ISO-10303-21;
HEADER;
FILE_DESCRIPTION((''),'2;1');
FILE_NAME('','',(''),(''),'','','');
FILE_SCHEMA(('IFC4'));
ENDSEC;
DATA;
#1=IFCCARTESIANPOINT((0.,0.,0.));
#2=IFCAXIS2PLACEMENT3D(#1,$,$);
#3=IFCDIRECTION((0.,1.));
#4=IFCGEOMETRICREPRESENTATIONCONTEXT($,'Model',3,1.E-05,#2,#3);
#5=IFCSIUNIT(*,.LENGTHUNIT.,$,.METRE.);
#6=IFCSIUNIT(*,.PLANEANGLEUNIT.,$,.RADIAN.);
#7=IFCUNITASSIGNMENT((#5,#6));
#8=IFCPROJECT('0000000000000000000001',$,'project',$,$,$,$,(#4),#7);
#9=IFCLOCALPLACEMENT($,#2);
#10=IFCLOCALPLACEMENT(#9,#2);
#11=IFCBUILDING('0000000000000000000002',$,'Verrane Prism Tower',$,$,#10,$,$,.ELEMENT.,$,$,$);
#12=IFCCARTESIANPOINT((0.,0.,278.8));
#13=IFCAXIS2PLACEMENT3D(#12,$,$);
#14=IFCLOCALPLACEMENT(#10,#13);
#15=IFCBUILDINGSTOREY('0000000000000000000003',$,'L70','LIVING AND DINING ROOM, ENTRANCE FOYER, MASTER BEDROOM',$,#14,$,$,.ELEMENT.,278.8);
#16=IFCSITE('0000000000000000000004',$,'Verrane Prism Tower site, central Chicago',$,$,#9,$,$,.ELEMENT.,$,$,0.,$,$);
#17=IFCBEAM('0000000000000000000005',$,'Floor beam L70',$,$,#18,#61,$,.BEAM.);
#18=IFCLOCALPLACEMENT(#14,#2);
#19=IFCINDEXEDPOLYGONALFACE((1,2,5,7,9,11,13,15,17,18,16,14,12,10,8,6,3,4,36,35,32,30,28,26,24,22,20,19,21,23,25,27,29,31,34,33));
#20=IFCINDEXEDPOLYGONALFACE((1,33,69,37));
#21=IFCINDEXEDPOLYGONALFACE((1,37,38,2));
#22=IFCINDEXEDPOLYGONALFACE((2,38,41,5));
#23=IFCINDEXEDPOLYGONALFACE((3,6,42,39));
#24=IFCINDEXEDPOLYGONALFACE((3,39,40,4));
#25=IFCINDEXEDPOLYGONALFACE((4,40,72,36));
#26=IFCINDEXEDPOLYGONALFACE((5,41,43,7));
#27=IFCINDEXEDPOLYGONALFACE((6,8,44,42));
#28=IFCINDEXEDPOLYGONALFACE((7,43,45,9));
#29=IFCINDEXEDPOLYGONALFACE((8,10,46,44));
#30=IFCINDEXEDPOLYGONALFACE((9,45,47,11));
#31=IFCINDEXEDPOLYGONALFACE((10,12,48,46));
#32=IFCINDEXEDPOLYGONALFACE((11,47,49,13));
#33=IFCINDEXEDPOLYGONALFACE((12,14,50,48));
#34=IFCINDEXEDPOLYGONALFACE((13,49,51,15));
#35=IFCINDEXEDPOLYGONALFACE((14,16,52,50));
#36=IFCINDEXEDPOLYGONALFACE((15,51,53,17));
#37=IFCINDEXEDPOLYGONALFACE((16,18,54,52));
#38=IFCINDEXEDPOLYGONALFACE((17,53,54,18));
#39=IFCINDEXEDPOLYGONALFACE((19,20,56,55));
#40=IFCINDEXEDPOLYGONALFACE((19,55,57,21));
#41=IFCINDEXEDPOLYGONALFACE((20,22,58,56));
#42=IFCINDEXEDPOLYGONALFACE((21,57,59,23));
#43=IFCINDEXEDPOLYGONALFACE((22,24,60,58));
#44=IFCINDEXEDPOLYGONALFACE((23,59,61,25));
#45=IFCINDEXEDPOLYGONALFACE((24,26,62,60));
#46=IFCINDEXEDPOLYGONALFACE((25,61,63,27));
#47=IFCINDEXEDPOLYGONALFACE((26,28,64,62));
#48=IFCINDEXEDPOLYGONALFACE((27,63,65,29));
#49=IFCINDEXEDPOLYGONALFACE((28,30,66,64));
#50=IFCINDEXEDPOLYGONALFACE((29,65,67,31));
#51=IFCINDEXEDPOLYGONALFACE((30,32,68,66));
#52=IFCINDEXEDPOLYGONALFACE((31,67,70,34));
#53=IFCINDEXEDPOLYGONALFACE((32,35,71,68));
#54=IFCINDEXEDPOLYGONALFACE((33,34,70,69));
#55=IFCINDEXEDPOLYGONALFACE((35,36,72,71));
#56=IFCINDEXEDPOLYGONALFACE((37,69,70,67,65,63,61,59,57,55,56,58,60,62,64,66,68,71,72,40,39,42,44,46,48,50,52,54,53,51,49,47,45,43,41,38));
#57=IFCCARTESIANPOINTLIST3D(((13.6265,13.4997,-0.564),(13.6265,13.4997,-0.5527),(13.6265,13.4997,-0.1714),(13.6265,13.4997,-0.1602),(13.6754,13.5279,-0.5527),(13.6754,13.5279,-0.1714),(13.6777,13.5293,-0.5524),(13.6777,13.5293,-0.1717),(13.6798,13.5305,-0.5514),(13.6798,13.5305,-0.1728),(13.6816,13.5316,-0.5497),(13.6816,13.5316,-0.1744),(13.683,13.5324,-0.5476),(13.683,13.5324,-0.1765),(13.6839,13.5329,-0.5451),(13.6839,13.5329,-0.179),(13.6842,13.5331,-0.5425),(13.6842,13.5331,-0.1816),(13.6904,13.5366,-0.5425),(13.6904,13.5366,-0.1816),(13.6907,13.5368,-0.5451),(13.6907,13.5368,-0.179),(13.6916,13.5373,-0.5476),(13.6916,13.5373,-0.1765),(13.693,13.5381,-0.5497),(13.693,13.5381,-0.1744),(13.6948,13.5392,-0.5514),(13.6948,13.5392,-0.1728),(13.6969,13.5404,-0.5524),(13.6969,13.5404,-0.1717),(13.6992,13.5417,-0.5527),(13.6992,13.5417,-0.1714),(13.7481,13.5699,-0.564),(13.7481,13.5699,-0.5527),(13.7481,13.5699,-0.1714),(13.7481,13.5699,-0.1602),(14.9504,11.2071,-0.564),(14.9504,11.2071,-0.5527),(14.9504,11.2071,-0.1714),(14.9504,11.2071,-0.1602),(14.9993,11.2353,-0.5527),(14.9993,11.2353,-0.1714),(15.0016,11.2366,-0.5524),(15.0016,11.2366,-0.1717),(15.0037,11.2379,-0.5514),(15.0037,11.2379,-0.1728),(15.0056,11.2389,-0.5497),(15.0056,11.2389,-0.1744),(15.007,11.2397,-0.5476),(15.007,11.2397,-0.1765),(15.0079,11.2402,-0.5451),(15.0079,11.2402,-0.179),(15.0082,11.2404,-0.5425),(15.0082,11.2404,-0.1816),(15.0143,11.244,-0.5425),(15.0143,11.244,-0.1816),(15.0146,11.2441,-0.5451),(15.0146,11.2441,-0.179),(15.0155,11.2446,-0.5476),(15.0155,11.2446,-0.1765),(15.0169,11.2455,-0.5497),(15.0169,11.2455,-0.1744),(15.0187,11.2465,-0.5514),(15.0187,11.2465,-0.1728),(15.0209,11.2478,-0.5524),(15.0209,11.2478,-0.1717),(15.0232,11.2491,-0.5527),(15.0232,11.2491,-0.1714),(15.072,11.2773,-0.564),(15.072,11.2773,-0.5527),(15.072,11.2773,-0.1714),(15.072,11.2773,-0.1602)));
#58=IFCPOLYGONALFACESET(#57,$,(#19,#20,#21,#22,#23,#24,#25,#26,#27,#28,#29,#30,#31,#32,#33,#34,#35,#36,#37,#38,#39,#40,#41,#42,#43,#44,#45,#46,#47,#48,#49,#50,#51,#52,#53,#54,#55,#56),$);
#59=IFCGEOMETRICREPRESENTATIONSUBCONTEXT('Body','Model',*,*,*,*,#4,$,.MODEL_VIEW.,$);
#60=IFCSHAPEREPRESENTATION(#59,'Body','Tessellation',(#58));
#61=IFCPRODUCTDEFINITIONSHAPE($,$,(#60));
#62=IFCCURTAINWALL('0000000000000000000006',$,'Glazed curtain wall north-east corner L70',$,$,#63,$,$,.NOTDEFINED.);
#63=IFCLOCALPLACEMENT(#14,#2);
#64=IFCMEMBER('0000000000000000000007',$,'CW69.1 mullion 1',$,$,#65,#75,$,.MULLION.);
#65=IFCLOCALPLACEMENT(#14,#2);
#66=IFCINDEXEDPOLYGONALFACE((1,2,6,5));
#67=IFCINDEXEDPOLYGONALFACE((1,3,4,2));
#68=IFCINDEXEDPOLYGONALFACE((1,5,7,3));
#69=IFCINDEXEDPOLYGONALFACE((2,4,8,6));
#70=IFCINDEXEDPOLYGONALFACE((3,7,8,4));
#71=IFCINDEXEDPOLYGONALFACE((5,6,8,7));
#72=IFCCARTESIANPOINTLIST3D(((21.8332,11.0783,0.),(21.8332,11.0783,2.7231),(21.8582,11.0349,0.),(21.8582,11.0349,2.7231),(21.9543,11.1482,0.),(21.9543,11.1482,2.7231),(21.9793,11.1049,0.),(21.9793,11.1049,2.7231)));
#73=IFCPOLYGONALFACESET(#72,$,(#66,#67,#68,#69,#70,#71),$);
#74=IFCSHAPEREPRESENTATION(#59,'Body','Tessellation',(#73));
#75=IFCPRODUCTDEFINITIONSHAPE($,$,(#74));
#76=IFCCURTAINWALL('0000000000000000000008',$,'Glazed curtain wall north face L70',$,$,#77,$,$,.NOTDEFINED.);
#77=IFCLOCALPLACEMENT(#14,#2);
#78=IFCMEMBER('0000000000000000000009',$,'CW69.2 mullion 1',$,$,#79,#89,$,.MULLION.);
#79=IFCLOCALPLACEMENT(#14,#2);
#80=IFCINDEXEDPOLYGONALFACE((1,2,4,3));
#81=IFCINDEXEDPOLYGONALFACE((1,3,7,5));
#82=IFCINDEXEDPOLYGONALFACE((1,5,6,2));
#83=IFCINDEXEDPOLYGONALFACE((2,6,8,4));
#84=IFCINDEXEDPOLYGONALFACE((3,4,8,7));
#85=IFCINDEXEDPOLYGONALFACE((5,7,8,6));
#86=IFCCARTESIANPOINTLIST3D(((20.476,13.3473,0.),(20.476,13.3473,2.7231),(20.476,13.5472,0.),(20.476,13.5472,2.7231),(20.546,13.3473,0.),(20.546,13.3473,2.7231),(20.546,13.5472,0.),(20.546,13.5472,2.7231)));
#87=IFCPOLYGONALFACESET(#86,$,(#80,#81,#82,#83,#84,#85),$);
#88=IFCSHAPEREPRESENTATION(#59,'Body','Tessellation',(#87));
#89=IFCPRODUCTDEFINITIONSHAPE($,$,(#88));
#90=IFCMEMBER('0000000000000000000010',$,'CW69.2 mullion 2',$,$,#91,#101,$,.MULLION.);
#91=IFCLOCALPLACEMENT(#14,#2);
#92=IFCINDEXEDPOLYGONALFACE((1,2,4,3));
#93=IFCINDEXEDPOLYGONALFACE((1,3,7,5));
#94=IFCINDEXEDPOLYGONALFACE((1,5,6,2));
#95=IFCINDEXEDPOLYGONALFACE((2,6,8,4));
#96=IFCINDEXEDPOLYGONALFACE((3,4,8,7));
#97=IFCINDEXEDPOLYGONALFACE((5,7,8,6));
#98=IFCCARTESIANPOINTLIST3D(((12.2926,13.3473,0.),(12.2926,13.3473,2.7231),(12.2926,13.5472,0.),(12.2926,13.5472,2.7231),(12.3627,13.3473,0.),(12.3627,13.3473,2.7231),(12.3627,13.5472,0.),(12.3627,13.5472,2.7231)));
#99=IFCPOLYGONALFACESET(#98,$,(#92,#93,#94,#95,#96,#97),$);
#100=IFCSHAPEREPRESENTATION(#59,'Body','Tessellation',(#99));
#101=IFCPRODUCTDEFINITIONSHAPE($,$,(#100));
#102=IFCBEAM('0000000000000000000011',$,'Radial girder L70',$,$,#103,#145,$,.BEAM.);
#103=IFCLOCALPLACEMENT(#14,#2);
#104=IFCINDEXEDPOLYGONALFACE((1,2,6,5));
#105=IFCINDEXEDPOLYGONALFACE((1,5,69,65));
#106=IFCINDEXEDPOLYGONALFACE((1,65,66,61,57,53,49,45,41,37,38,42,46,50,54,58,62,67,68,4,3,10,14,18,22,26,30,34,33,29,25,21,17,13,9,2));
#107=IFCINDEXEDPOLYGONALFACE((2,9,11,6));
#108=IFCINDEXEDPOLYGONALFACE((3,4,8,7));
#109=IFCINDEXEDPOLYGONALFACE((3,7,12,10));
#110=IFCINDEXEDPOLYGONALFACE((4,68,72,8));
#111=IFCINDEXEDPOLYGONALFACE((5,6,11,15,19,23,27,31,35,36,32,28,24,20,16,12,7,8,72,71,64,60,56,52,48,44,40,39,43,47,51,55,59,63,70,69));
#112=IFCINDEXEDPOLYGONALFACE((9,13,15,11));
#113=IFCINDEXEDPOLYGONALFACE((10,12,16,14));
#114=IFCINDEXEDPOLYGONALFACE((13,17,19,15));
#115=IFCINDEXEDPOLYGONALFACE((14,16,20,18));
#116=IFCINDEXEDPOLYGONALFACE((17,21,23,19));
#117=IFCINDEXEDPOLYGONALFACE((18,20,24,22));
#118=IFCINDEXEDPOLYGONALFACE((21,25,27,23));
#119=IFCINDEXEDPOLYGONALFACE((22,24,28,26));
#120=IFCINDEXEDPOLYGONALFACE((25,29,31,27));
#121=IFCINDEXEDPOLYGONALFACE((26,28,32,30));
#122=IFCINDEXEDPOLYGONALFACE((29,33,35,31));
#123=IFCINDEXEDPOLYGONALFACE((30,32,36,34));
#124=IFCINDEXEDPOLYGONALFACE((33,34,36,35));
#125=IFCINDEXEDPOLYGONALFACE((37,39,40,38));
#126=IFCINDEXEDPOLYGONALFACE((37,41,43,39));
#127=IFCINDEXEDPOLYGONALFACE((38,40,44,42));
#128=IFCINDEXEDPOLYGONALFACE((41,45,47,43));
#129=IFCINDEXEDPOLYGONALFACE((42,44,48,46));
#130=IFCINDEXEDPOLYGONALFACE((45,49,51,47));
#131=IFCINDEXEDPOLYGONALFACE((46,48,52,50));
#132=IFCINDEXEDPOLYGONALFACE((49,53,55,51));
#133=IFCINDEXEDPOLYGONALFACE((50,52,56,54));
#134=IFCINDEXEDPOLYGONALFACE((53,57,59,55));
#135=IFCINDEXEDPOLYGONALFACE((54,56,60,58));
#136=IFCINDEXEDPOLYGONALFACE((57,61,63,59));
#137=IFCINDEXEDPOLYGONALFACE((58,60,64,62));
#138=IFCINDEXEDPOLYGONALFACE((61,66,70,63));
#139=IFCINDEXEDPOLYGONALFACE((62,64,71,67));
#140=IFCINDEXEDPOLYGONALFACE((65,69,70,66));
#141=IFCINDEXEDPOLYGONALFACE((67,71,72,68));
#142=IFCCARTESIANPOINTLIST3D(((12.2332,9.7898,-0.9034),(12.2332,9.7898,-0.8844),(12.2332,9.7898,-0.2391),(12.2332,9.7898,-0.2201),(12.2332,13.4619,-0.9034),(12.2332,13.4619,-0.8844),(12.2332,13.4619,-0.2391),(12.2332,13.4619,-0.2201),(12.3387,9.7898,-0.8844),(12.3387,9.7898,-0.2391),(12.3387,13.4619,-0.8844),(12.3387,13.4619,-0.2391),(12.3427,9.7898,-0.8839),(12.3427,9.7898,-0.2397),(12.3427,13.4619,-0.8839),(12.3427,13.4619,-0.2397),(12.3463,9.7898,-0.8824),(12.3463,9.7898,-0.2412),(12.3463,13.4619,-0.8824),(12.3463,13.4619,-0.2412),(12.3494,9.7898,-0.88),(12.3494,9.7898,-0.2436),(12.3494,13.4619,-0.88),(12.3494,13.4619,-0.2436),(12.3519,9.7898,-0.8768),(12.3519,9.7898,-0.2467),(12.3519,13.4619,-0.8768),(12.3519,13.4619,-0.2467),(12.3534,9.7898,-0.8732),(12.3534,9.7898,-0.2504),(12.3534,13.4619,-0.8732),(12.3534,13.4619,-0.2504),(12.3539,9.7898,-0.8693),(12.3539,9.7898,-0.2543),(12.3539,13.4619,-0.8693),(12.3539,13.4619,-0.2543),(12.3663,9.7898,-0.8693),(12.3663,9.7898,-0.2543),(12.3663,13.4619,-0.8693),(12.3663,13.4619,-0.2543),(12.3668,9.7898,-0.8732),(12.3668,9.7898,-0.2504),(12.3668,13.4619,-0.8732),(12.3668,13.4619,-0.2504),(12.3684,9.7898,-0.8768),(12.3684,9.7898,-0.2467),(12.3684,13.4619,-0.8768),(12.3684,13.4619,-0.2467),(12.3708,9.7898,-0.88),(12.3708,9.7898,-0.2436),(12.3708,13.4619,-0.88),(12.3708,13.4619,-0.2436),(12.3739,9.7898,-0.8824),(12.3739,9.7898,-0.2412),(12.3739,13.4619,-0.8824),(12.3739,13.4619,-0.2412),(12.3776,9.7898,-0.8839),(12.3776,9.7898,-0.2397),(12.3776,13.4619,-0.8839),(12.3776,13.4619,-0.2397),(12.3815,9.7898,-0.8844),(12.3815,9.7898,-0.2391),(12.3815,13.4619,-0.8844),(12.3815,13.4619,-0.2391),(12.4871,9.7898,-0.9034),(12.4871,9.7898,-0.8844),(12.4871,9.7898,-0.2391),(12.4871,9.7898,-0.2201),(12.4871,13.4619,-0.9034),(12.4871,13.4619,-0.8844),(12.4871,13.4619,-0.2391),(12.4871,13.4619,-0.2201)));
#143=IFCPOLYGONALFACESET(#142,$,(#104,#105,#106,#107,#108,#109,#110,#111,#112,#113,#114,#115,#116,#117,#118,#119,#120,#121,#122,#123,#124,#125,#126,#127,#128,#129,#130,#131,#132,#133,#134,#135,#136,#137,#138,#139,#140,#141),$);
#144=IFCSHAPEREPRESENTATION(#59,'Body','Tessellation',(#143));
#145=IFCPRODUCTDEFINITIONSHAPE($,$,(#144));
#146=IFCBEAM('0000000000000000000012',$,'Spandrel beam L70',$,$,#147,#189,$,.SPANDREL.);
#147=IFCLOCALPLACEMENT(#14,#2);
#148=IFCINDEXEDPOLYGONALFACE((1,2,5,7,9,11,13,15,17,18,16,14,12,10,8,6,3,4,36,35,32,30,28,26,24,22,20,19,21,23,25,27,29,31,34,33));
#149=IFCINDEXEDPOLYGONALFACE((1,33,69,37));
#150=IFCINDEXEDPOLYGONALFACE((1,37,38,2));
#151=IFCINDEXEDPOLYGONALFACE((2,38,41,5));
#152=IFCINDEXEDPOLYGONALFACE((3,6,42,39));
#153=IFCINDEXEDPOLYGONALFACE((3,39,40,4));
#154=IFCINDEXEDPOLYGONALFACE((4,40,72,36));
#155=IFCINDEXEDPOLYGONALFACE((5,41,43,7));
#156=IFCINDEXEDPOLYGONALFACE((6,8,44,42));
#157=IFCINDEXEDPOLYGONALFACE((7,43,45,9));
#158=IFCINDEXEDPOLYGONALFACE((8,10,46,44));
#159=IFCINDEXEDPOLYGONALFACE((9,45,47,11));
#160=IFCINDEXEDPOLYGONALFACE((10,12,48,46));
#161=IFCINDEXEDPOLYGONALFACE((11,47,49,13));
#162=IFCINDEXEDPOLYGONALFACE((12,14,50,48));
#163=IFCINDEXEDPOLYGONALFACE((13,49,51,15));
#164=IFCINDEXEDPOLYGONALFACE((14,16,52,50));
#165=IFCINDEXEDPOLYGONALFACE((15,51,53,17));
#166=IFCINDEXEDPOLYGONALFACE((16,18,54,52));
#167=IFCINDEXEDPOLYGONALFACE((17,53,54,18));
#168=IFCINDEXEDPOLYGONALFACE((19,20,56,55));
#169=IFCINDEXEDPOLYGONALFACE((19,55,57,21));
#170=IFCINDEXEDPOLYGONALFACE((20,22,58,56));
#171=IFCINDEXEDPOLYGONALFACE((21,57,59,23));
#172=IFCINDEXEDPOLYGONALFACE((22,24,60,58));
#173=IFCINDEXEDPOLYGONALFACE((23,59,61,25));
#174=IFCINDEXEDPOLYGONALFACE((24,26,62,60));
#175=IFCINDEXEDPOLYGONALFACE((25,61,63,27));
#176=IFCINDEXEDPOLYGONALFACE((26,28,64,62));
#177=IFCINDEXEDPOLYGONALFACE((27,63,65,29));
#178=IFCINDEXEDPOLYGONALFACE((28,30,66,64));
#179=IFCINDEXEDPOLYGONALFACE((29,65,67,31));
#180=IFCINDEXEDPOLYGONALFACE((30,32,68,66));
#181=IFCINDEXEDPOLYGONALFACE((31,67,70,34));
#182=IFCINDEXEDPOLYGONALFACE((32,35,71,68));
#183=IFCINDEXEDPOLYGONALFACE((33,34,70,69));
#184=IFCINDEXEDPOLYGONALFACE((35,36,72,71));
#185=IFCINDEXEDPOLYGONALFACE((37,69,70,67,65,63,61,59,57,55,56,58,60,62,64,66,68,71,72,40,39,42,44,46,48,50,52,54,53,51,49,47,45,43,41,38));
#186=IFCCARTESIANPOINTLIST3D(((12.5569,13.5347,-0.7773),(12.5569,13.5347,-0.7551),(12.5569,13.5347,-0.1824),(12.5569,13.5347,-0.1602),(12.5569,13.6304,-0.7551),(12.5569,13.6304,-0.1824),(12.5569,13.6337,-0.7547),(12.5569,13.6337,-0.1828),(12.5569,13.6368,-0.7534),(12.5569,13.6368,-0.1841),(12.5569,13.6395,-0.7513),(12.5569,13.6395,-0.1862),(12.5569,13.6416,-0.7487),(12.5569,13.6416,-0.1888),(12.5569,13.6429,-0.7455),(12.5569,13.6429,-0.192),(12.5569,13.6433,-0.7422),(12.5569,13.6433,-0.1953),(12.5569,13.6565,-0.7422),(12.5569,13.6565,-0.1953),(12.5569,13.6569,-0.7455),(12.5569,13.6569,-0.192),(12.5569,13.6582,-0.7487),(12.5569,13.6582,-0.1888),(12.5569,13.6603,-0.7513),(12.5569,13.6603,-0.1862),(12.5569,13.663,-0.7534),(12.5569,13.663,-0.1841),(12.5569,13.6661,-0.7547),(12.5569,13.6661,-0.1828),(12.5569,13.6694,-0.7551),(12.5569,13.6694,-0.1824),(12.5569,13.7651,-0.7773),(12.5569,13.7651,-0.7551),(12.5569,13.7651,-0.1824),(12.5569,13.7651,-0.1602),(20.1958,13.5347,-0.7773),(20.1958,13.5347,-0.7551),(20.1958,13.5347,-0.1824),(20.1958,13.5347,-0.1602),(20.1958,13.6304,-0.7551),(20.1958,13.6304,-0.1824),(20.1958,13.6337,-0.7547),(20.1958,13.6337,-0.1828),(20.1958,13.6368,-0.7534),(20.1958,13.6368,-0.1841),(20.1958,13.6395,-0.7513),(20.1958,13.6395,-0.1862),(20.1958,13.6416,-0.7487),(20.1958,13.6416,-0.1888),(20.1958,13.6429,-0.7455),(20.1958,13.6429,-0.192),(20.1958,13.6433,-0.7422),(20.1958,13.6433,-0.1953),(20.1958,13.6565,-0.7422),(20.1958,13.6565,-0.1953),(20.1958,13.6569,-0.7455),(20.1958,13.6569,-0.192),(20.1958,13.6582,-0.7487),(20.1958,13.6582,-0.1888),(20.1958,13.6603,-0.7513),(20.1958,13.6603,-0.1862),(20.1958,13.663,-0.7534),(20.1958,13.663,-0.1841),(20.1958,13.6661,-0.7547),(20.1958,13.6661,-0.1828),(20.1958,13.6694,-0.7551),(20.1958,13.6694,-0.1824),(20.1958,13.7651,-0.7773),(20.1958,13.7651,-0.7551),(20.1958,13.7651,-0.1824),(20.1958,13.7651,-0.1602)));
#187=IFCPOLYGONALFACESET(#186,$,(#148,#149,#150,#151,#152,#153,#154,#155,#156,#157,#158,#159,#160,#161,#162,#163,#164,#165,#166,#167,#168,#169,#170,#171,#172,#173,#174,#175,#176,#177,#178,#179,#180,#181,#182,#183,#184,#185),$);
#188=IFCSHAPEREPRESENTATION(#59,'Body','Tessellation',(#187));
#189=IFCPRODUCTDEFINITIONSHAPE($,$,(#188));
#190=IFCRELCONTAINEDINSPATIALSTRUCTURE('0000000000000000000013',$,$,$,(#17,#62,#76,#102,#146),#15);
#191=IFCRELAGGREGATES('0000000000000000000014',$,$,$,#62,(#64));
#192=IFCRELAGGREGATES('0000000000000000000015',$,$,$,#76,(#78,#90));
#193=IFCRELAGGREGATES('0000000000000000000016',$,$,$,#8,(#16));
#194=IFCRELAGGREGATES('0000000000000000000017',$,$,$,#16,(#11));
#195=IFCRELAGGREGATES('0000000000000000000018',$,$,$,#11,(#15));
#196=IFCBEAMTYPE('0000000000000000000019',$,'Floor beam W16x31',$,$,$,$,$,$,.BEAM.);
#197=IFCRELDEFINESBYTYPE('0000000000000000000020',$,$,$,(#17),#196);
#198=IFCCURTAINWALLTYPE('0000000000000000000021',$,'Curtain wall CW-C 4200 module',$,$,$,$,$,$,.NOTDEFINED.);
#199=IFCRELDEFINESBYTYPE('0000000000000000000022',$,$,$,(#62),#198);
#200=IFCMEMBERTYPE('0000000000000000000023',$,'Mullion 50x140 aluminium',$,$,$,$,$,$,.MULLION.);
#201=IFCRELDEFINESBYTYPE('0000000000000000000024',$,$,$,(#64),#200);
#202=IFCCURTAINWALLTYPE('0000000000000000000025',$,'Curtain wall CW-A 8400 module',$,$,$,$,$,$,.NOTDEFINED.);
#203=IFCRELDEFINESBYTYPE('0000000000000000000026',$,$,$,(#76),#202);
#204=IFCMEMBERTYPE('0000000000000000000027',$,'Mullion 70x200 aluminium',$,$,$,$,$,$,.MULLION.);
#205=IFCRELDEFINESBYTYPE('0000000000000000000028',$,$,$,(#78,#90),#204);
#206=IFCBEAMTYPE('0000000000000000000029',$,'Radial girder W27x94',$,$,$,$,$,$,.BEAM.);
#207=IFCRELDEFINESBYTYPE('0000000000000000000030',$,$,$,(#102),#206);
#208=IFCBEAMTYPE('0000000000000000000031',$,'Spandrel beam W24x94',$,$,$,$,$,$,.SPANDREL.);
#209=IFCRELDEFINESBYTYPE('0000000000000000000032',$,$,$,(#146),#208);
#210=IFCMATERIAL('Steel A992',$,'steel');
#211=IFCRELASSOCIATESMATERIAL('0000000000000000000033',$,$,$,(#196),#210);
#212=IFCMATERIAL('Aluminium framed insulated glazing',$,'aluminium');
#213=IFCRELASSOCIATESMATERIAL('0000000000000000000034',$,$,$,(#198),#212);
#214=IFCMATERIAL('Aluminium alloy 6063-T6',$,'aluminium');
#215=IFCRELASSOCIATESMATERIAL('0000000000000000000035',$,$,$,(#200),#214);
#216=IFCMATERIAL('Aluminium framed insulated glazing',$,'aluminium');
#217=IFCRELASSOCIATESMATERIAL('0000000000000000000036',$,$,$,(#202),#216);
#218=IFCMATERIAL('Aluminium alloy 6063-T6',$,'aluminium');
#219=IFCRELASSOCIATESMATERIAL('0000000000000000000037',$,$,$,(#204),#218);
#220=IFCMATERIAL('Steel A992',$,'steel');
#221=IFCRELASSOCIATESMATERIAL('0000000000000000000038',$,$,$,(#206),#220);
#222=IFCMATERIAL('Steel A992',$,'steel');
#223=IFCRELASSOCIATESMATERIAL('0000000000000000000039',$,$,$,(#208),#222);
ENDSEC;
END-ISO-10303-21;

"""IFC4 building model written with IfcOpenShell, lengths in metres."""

from ifc_helpers import new_model, si_unit, direction, frame, origin, origin_2d, place, context, subcontext, project, spatial, rectangle, i_section, extrude, material, material_profile, profile_set, type_object, element, aggregate, save


model = new_model("IFC4")

# Units and contexts
model_context = context("Model", 3, precision=1e-05, world=origin(), true_north=direction((0.0, 1.0)))
body_context = subcontext(model_context, "Body", "Model", "MODEL_VIEW")
ifc_project = project(units=[si_unit("LENGTHUNIT", "METRE"), si_unit("PLANEANGLEUNIT", "RADIAN")], contexts=[model_context])

# Site, building, storey
site_placement = place(None, origin())
site = spatial("IfcSite", under=ifc_project, at=site_placement, Name="Verrane Prism Tower site, central Chicago", CompositionType="ELEMENT", RefElevation=0.0)
building_placement = place(site_placement, origin())
building = spatial("IfcBuilding", under=site, at=building_placement, Name="Verrane Prism Tower", CompositionType="ELEMENT")
storey_placement = place(building_placement, frame((0.0, 0.0, 278.8)))
storey = spatial("IfcBuildingStorey", under=building, at=storey_placement, Name="L70", Description="LIVING AND DINING ROOM, ENTRANCE FOYER, MASTER BEDROOM", CompositionType="ELEMENT", Elevation=278.8)

# Beam
ifc_material_1 = material(Name="Steel A992", Category="steel")
ifc_material_profile_1 = material_profile(ifc_material_1, i_section(OverallWidth=0.1404, OverallDepth=0.4038, WebThickness=0.0071, FlangeThickness=0.0112, FilletRadius=0.0103, at=origin_2d()), Name="W16x31")
ifc_profile_set_1 = profile_set([ifc_material_profile_1], Name="Steel A992")
beam_type_1 = type_object("IfcBeamType", Name="Floor beam W16x31", PredefinedType="BEAM", material=ifc_profile_set_1)
beam_1_placement = place(storey_placement, frame((15.0112, 11.2422, -0.3621), z_axis=(-0.500076, 0.865981, 0.0), x_axis=(-0.865981, -0.500076, 0.0)))
element("IfcBeam", 1, at=beam_1_placement, inside=storey, type_object=beam_type_1, Name="Floor beam L70", PredefinedType="BEAM", context=body_context, shape_type="SweptSolid", body=[
    extrude(i_section(OverallWidth=0.1404, OverallDepth=0.4038, WebThickness=0.0071, FlangeThickness=0.0112, FilletRadius=0.0103, at=origin_2d()), origin(), (0.0, 0.0, 1.0), 2.6475),
])

# Curtain wall, member
ifc_material_2 = material(Name="Aluminium framed insulated glazing", Category="aluminium")
curtain_wall_type_1 = type_object("IfcCurtainWallType", Name="Curtain wall CW-C 4200 module", PredefinedType="NOTDEFINED", material=ifc_material_2)
curtain_wall_1_placement = place(storey_placement, origin())
curtain_wall_1 = element("IfcCurtainWall", 2, at=curtain_wall_1_placement, inside=storey, type_object=curtain_wall_type_1, Name="Glazed curtain wall north-east corner L70", PredefinedType="NOTDEFINED")
ifc_material_3 = material(Name="Aluminium alloy 6063-T6", Category="aluminium")
ifc_material_profile_2 = material_profile(ifc_material_3, rectangle(XDim=0.1399, YDim=0.05, at=origin_2d()), Name="Mullion 50x140 aluminium")
ifc_profile_set_2 = profile_set([ifc_material_profile_2], Name="Aluminium alloy 6063-T6")
member_type_1 = type_object("IfcMemberType", Name="Mullion 50x140 aluminium", PredefinedType="MULLION", material=ifc_profile_set_2)
member_1_placement = place(storey_placement, frame((21.9062, 11.0916, 0.0), z_axis=(0.0, 0.0, 1.0), x_axis=(-0.866024, -0.500002, 0.0)))
member_1 = element("IfcMember", 3, at=member_1_placement, type_object=member_type_1, Name="CW69.1 mullion 1", PredefinedType="MULLION", context=body_context, shape_type="SweptSolid", body=[
    extrude(rectangle(XDim=0.1399, YDim=0.05, at=origin_2d()), origin(), (0.0, 0.0, 1.0), 2.7231),
])

# Curtain wall, members
ifc_material_4 = material(Name="Aluminium framed insulated glazing", Category="aluminium")
curtain_wall_type_2 = type_object("IfcCurtainWallType", Name="Curtain wall CW-A 8400 module", PredefinedType="NOTDEFINED", material=ifc_material_4)
curtain_wall_2_placement = place(storey_placement, origin())
curtain_wall_2 = element("IfcCurtainWall", 4, at=curtain_wall_2_placement, inside=storey, type_object=curtain_wall_type_2, Name="Glazed curtain wall north face L70", PredefinedType="NOTDEFINED")
ifc_material_5 = material(Name="Aluminium alloy 6063-T6", Category="aluminium")
ifc_material_profile_3 = material_profile(ifc_material_5, rectangle(XDim=0.2, YDim=0.0701, at=origin_2d()), Name="Mullion 70x200 aluminium")
ifc_profile_set_3 = profile_set([ifc_material_profile_3], Name="Aluminium alloy 6063-T6")
member_type_2 = type_object("IfcMemberType", Name="Mullion 70x200 aluminium", PredefinedType="MULLION", material=ifc_profile_set_3)
member_2_placement = place(storey_placement, frame((20.511, 13.4473, 0.0), z_axis=(0.0, 0.0, 1.0), x_axis=(0.0, -1.0, 0.0)))
member_2 = element("IfcMember", 5, at=member_2_placement, type_object=member_type_2, Name="CW69.2 mullion 1", PredefinedType="MULLION", context=body_context, shape_type="SweptSolid", body=[
    extrude(rectangle(XDim=0.2, YDim=0.0701, at=origin_2d()), origin(), (0.0, 0.0, 1.0), 2.7231),
])
member_3_placement = place(storey_placement, frame((12.3276, 13.4473, 0.0), z_axis=(0.0, 0.0, 1.0), x_axis=(0.0, -1.0, 0.0)))
member_3 = element("IfcMember", 6, at=member_3_placement, type_object=member_type_2, Name="CW69.2 mullion 2", PredefinedType="MULLION", context=body_context, shape_type="SweptSolid", body=[
    extrude(rectangle(XDim=0.2, YDim=0.0701, at=origin_2d()), origin(), (0.0, 0.0, 1.0), 2.7231),
])

# Beams
ifc_material_6 = material(Name="Steel A992", Category="steel")
ifc_material_profile_4 = material_profile(ifc_material_6, i_section(OverallWidth=0.2539, OverallDepth=0.6833, WebThickness=0.0125, FlangeThickness=0.019, FilletRadius=0.0151, at=origin_2d()), Name="W27x94")
ifc_profile_set_4 = profile_set([ifc_material_profile_4], Name="Steel A992")
beam_type_2 = type_object("IfcBeamType", Name="Radial girder W27x94", PredefinedType="BEAM", material=ifc_profile_set_4)
beam_2_placement = place(storey_placement, frame((12.3601, 13.4619, -0.5618), z_axis=(0.0, -1.0, 0.0), x_axis=(1.0, 0.0, 0.0)))
element("IfcBeam", 7, at=beam_2_placement, inside=storey, type_object=beam_type_2, Name="Radial girder L70", PredefinedType="BEAM", context=body_context, shape_type="SweptSolid", body=[
    extrude(i_section(OverallWidth=0.2539, OverallDepth=0.6833, WebThickness=0.0125, FlangeThickness=0.019, FilletRadius=0.0151, at=origin_2d()), origin(), (0.0, 0.0, 1.0), 3.6721),
])
ifc_material_7 = material(Name="Steel A992", Category="steel")
ifc_material_profile_5 = material_profile(ifc_material_7, i_section(OverallWidth=0.2305, OverallDepth=0.6172, WebThickness=0.0132, FlangeThickness=0.0222, FilletRadius=0.0129, at=origin_2d()), Name="W24x94")
ifc_profile_set_5 = profile_set([ifc_material_profile_5], Name="Steel A992")
beam_type_3 = type_object("IfcBeamType", Name="Spandrel beam W24x94", PredefinedType="SPANDREL", material=ifc_profile_set_5)
beam_3_placement = place(storey_placement, frame((20.1958, 13.6499, -0.4688), z_axis=(-1.0, 0.0, 0.0), x_axis=(0.0, -1.0, 0.0)))
element("IfcBeam", 8, at=beam_3_placement, inside=storey, type_object=beam_type_3, Name="Spandrel beam L70", PredefinedType="SPANDREL", context=body_context, shape_type="SweptSolid", body=[
    extrude(i_section(OverallWidth=0.2305, OverallDepth=0.6172, WebThickness=0.0132, FlangeThickness=0.0222, FilletRadius=0.0129, at=origin_2d()), origin(), (0.0, 0.0, 1.0), 7.6389),
])

aggregate(curtain_wall_1, [member_1])
aggregate(curtain_wall_2, [member_2, member_3])

save(model, "model.ifc")
